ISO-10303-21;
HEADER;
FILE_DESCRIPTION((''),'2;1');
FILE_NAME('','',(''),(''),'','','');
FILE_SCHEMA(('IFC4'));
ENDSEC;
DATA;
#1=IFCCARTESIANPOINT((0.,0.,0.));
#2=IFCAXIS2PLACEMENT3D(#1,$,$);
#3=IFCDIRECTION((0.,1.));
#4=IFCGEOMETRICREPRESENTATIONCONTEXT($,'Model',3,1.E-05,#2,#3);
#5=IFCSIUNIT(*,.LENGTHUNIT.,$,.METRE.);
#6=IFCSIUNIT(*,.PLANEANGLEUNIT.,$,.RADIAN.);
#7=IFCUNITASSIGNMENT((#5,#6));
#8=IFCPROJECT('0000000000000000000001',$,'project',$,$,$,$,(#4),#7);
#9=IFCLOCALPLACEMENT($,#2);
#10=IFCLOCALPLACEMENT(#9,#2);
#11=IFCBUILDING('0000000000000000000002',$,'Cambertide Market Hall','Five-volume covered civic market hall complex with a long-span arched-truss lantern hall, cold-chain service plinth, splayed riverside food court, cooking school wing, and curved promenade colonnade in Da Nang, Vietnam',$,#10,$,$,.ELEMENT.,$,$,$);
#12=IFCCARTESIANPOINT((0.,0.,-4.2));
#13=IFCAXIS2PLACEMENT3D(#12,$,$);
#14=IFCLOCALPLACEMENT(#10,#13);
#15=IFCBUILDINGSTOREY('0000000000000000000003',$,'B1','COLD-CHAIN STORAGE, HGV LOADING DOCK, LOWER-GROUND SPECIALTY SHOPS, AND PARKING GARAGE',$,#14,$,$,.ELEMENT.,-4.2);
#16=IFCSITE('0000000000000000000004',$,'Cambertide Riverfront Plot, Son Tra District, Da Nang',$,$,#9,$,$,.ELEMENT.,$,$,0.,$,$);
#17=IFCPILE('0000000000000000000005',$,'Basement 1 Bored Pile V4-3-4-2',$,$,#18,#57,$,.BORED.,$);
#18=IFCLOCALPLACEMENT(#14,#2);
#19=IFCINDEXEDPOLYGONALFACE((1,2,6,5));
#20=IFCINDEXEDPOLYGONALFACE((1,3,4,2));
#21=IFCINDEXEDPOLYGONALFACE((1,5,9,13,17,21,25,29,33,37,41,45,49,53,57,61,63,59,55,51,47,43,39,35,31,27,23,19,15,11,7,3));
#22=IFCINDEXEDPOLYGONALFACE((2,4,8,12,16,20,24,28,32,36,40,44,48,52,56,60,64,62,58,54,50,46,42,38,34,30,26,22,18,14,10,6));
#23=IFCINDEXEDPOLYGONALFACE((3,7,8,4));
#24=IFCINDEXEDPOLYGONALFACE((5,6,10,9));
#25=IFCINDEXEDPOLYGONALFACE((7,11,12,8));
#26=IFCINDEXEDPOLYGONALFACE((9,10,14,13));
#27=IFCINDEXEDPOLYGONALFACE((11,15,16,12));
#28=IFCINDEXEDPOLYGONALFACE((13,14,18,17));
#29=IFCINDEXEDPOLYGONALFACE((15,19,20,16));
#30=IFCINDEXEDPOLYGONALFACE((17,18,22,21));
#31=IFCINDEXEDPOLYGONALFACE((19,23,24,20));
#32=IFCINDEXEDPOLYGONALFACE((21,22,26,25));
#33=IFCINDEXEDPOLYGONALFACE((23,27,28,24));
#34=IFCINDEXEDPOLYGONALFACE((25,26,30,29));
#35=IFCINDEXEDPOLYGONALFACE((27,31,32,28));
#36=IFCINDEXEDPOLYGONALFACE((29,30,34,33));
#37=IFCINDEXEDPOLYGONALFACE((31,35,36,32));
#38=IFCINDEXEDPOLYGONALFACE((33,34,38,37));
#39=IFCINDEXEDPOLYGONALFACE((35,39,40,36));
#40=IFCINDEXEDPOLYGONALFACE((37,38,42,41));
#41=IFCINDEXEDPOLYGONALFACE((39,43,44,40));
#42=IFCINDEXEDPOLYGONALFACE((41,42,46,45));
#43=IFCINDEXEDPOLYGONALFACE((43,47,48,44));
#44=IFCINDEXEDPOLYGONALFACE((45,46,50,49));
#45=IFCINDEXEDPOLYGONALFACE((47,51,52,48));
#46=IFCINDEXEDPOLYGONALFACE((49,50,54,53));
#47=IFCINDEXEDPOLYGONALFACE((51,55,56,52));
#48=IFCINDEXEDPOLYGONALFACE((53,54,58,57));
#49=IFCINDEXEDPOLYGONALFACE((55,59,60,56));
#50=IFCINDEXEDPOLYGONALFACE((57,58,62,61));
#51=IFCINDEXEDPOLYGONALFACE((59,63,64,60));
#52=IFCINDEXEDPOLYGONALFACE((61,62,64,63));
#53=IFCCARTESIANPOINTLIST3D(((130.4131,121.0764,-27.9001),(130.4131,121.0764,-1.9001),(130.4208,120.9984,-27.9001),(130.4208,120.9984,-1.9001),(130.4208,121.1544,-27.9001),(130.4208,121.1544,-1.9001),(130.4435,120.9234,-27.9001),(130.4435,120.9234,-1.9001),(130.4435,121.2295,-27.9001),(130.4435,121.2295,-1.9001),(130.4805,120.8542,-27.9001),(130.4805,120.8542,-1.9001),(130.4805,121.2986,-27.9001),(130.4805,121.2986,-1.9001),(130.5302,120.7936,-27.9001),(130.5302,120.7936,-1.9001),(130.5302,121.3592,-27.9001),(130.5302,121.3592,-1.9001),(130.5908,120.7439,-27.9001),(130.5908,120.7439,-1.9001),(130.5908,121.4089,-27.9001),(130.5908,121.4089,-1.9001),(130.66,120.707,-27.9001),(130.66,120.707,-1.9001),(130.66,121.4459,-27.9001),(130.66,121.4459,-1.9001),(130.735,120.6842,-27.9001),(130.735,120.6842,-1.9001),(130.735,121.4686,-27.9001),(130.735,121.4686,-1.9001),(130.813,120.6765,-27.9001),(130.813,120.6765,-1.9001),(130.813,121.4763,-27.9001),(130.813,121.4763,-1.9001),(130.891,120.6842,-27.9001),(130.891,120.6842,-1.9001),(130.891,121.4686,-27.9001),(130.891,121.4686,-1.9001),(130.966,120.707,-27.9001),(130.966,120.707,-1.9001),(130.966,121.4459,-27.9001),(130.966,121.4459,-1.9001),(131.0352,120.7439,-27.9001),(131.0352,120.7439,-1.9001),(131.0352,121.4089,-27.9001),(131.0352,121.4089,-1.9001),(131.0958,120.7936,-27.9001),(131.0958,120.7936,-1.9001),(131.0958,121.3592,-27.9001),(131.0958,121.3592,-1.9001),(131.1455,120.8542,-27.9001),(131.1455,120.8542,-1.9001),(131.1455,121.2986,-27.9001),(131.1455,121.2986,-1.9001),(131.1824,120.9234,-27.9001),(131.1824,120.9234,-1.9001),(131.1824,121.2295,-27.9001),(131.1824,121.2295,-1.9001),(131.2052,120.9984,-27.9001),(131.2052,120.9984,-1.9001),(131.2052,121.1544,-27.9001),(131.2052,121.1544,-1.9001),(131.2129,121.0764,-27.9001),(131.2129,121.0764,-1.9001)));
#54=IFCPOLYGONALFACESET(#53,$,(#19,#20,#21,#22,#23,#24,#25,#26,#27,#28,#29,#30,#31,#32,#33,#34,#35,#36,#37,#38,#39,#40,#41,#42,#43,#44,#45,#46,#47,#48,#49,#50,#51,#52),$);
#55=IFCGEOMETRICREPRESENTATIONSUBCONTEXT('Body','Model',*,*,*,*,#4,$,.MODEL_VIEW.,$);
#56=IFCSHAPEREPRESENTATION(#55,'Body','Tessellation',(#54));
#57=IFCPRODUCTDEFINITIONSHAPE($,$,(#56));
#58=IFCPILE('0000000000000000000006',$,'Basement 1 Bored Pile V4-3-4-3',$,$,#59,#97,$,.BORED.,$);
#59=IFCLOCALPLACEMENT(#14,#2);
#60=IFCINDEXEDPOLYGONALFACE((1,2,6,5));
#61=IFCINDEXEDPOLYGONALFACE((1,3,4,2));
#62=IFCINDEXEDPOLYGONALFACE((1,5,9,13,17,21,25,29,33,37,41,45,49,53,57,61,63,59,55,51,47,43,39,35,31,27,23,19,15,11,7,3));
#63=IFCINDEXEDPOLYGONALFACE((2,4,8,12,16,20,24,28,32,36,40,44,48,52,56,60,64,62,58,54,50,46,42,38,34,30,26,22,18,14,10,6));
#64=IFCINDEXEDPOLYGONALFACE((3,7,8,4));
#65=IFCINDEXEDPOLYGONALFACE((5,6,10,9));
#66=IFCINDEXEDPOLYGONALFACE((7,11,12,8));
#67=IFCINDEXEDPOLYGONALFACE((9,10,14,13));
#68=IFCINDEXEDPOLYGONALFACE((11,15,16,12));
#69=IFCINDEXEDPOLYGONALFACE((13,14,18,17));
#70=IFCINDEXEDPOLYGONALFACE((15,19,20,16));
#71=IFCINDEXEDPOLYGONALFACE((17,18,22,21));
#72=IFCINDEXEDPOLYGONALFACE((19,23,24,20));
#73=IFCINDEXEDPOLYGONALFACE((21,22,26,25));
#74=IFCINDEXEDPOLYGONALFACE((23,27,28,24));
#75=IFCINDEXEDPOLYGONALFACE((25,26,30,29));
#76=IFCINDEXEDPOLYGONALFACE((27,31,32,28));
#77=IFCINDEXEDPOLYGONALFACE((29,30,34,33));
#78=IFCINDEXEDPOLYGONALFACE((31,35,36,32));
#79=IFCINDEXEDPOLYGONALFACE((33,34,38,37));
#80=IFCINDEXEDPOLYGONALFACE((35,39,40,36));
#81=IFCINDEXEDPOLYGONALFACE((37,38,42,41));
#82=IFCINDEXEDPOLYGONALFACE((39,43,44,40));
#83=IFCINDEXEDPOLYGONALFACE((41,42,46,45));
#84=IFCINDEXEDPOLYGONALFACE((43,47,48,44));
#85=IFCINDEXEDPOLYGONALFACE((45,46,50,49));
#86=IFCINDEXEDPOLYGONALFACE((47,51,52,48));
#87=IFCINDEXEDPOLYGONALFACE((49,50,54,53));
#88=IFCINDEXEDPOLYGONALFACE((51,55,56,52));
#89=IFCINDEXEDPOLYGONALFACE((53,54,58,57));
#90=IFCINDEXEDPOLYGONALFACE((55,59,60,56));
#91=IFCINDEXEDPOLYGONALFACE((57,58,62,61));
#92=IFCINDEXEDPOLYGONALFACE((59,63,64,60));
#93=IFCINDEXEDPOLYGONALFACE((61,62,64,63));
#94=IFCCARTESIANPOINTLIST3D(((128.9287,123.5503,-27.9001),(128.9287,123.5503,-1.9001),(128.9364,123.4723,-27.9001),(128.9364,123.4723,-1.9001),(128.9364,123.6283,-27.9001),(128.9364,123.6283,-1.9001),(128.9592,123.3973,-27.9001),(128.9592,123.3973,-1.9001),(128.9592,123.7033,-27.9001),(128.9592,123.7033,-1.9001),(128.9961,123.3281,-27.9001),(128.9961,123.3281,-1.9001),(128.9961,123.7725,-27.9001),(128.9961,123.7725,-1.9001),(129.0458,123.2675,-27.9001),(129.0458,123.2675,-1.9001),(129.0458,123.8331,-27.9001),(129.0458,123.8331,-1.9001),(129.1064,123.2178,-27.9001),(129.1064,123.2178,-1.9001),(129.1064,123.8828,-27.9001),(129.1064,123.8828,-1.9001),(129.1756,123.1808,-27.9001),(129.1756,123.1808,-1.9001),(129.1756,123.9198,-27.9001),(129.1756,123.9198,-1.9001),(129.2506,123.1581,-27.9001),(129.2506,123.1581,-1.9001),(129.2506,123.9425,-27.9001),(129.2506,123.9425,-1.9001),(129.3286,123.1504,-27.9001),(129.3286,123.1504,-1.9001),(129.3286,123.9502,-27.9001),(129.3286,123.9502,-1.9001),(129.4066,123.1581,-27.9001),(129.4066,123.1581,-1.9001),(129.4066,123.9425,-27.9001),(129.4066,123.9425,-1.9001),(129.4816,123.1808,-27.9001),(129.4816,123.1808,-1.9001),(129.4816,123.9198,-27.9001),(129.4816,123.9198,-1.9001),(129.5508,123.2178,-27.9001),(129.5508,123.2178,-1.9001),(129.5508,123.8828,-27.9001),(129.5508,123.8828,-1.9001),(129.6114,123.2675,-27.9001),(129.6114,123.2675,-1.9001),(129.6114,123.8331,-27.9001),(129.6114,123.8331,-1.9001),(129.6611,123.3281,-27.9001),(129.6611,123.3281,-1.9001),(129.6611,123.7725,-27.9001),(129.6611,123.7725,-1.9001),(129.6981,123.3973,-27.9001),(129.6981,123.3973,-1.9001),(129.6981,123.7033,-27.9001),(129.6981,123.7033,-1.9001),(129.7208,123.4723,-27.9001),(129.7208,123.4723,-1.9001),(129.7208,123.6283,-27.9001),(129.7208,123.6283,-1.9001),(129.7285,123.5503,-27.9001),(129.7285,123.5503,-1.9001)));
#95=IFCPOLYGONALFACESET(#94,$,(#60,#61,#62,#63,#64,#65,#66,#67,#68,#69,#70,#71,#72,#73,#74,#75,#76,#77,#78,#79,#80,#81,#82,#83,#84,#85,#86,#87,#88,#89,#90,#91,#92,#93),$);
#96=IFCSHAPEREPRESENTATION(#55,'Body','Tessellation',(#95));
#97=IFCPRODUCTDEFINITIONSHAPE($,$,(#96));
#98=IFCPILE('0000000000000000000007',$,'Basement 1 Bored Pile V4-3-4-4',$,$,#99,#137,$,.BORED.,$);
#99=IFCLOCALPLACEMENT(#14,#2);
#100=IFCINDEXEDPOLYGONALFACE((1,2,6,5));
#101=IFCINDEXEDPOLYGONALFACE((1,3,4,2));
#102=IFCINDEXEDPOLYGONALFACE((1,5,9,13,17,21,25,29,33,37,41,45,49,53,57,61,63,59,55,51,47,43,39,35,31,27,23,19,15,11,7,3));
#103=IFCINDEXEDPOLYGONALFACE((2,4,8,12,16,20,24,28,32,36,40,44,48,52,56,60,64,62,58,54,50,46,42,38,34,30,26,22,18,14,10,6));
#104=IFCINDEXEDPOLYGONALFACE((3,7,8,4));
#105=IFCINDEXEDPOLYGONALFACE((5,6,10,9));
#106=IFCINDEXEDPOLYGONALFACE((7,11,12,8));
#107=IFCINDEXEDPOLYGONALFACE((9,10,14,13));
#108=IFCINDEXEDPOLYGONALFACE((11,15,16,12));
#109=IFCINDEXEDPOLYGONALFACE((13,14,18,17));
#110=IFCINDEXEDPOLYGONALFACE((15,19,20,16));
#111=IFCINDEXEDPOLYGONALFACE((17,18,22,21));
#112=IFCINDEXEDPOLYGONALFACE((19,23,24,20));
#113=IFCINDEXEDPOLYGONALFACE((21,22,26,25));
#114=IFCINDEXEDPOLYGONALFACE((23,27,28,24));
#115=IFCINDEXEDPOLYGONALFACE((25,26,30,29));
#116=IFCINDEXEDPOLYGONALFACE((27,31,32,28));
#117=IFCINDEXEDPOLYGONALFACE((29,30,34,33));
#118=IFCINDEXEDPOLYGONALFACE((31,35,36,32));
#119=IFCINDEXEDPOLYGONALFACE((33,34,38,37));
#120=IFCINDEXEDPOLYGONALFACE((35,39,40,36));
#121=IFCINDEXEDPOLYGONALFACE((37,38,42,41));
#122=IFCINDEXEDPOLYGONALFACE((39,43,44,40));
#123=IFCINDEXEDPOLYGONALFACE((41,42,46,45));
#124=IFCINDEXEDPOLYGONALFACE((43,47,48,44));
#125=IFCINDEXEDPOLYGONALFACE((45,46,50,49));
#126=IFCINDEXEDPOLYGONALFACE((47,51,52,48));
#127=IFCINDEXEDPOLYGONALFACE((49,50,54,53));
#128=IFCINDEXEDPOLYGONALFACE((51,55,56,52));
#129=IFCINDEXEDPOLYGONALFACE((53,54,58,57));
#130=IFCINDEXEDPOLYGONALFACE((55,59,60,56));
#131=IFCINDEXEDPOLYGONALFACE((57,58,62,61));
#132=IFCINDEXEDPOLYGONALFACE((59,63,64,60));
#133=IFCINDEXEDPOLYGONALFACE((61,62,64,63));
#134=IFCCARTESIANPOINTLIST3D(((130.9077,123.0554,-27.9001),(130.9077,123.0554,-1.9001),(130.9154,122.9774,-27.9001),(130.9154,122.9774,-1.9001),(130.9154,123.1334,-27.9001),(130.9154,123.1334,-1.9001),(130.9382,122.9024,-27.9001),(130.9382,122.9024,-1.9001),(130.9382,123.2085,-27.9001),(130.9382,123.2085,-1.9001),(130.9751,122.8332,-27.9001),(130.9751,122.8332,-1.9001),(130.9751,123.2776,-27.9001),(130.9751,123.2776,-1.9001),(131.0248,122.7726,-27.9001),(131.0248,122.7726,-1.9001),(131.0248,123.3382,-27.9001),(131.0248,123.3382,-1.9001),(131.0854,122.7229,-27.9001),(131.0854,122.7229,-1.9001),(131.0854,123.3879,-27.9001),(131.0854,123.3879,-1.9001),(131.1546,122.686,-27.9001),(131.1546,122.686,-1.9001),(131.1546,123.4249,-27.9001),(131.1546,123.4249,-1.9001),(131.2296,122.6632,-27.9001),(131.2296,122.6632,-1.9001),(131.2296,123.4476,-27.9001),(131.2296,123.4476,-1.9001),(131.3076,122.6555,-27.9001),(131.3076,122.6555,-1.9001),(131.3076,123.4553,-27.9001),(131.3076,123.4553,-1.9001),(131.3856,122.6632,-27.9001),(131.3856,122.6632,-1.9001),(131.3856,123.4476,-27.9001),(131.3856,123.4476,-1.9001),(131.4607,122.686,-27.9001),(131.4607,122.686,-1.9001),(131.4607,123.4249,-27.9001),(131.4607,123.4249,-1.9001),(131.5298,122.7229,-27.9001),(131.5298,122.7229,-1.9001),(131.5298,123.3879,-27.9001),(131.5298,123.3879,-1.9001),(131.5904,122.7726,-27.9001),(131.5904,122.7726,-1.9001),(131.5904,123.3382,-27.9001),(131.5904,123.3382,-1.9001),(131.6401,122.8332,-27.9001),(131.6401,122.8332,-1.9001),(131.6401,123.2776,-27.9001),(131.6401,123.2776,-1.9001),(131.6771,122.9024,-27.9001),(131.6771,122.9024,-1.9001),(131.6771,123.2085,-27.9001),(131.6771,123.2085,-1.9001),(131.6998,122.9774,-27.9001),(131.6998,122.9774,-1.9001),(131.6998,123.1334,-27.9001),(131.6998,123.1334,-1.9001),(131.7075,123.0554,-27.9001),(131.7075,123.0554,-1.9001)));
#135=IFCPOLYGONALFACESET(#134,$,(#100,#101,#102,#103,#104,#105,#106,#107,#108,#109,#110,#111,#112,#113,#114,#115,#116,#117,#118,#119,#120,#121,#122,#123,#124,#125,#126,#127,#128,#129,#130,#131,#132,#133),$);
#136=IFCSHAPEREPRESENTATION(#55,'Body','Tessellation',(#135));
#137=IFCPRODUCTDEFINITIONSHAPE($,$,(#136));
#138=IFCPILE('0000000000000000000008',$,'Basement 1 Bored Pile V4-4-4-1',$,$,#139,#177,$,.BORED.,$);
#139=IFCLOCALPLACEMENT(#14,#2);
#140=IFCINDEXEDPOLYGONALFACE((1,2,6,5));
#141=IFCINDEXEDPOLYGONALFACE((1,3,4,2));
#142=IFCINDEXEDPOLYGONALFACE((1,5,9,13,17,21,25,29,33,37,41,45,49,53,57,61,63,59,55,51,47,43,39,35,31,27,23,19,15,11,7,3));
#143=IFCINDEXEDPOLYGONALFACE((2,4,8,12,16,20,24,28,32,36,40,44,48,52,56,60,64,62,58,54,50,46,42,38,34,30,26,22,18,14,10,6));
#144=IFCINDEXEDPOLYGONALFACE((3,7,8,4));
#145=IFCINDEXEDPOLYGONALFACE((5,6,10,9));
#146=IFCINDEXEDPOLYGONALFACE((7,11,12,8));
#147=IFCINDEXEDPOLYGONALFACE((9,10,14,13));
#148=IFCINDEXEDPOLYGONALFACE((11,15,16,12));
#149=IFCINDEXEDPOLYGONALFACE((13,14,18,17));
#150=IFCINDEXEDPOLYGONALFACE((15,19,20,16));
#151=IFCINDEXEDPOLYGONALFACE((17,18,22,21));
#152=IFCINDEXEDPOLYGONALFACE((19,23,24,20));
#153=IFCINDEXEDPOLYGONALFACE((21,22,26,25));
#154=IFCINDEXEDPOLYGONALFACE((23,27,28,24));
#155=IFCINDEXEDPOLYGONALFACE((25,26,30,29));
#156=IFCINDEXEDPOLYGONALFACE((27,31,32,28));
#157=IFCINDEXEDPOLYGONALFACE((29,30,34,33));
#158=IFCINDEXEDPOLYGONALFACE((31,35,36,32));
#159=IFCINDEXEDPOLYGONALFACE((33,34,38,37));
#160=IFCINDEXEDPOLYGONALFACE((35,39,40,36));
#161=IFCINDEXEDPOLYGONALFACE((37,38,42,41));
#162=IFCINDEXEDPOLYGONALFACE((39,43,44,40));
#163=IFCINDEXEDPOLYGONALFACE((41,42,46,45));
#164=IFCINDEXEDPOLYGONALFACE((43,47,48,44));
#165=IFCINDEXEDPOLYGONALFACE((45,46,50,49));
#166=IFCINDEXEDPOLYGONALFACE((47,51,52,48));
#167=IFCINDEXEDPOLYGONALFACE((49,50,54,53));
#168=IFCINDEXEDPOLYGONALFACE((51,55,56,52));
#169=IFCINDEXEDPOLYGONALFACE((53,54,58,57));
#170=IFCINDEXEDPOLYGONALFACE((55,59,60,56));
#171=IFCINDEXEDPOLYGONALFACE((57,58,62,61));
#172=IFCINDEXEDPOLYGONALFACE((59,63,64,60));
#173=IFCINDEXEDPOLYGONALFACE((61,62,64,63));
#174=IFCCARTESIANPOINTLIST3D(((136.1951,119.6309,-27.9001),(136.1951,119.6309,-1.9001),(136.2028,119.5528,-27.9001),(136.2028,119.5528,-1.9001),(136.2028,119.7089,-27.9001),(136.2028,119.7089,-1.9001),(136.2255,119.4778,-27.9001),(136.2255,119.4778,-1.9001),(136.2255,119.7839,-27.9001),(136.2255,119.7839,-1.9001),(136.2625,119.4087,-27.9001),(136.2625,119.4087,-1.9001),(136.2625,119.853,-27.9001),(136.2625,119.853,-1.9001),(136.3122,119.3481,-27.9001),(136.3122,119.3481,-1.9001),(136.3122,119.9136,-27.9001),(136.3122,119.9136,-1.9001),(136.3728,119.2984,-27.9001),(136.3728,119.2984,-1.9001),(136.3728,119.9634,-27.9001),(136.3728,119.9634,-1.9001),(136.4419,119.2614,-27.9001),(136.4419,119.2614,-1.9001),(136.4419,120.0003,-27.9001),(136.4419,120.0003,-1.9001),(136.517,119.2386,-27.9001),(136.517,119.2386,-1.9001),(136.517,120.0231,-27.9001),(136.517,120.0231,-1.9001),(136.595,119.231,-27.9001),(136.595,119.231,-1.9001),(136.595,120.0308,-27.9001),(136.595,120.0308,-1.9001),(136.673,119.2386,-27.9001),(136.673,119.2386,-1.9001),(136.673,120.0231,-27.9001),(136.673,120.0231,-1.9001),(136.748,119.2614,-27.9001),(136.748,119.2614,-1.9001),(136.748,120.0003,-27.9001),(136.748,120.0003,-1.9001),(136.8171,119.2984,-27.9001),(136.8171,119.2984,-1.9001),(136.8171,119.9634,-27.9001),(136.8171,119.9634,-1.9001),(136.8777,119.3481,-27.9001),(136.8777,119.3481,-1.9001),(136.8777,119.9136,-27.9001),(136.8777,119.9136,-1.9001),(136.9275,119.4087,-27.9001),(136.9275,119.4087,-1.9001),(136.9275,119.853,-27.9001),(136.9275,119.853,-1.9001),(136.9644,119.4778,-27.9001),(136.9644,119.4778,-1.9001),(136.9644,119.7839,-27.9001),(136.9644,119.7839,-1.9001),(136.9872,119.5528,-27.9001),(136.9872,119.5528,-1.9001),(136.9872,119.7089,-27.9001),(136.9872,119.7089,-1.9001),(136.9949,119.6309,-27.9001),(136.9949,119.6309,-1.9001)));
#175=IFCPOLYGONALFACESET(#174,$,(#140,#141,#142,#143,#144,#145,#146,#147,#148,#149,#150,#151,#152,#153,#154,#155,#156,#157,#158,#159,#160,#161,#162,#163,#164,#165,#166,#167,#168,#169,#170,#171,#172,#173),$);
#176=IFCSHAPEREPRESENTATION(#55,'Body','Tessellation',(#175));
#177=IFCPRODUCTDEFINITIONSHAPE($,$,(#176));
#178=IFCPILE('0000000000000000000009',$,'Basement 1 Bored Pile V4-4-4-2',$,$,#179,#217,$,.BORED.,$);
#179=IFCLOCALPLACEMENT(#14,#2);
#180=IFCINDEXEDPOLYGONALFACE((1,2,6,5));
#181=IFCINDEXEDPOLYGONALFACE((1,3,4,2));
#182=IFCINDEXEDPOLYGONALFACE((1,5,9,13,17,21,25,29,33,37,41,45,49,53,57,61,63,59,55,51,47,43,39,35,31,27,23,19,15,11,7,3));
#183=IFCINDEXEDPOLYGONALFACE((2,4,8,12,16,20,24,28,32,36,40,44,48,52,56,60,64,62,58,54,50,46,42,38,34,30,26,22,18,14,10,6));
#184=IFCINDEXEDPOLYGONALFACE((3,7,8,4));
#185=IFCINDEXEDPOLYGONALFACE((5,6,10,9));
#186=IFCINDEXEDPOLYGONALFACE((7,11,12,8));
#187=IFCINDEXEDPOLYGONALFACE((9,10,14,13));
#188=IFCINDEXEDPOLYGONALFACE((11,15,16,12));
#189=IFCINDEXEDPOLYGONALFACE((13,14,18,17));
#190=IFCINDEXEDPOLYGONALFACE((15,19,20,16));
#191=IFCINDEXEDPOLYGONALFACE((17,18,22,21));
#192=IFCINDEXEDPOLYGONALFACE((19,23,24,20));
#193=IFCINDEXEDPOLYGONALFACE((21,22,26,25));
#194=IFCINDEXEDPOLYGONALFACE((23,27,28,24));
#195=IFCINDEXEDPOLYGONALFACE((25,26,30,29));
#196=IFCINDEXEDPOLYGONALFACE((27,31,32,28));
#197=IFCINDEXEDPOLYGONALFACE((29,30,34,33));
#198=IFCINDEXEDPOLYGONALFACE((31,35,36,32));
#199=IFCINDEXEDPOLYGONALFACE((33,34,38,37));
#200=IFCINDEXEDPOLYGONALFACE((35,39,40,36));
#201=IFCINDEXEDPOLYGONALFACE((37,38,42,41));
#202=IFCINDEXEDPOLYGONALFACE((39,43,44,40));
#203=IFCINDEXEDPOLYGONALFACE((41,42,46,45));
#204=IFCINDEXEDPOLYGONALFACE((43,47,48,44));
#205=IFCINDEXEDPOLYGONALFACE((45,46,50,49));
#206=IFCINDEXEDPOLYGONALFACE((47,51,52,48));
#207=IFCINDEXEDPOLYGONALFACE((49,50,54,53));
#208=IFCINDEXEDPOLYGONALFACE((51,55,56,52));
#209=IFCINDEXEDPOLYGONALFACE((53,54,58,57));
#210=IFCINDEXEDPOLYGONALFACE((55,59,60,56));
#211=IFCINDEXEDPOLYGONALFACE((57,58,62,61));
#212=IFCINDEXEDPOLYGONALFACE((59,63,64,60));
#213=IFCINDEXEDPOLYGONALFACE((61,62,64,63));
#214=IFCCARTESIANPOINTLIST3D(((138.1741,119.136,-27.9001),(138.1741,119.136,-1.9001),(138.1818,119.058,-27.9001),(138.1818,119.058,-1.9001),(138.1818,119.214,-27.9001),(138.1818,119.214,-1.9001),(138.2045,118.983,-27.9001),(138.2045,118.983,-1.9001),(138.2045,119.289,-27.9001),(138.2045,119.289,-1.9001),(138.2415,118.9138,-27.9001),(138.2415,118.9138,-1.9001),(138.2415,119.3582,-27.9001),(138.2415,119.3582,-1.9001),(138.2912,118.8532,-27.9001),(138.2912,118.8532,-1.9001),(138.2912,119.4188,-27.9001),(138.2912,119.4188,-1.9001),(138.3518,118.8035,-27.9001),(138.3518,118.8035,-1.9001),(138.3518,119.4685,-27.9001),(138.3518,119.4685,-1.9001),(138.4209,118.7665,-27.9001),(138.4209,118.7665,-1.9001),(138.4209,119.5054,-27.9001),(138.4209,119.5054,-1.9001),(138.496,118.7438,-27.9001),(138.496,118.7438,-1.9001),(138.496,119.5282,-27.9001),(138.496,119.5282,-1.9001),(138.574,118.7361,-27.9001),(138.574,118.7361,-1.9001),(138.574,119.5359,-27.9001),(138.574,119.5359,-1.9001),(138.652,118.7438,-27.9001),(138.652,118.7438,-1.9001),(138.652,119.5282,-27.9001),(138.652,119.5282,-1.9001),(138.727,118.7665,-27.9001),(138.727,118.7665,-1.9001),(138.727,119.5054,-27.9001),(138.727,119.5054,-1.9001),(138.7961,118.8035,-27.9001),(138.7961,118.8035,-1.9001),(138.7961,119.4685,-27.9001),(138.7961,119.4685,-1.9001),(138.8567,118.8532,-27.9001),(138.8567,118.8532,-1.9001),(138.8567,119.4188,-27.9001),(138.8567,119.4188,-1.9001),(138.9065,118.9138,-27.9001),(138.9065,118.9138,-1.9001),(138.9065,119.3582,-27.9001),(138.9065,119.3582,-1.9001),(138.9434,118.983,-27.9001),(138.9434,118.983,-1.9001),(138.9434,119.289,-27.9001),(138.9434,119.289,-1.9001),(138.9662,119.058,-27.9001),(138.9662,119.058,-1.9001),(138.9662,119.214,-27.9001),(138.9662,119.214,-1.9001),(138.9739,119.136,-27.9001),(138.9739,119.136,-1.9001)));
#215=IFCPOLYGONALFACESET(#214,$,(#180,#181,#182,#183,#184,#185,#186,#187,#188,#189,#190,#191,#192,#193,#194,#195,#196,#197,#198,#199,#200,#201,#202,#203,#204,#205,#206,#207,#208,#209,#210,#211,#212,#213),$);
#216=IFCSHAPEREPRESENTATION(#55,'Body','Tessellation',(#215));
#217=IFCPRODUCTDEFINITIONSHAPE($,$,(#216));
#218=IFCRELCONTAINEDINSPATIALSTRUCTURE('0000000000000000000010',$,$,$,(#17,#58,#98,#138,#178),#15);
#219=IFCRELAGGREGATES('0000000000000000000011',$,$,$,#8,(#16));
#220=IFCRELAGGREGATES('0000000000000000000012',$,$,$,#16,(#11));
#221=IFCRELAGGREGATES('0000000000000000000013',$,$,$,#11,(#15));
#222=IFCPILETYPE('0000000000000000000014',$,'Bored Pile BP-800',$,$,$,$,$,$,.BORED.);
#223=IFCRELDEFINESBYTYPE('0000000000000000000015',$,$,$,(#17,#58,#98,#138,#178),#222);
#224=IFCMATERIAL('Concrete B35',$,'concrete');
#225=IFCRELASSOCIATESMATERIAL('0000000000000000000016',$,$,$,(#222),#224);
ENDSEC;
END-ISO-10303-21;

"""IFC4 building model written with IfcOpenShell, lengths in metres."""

from ifc_helpers import new_model, si_unit, direction, frame, origin, origin_2d, place, context, subcontext, project, spatial, circle, extrude, material, material_profile, profile_set, type_object, element, save


model = new_model("IFC4")

# Units and contexts
model_context = context("Model", 3, precision=1e-05, world=origin(), true_north=direction((0.0, 1.0)))
body_context = subcontext(model_context, "Body", "Model", "MODEL_VIEW")
ifc_project = project(units=[si_unit("LENGTHUNIT", "METRE"), si_unit("PLANEANGLEUNIT", "RADIAN")], contexts=[model_context])

# Site, building, storey
site_placement = place(None, origin())
site = spatial("IfcSite", under=ifc_project, at=site_placement, Name="Cambertide Riverfront Plot, Son Tra District, Da Nang", CompositionType="ELEMENT", RefElevation=0.0)
building_placement = place(site_placement, origin())
building = spatial("IfcBuilding", under=site, at=building_placement, Name="Cambertide Market Hall", Description="Five-volume covered civic market hall complex with a long-span arched-truss lantern hall, cold-chain service plinth, splayed riverside food court, cooking school wing, and curved promenade colonnade in Da Nang, Vietnam", CompositionType="ELEMENT")
storey_placement = place(building_placement, frame((0.0, 0.0, -4.2)))
storey = spatial("IfcBuildingStorey", under=building, at=storey_placement, Name="B1", Description="COLD-CHAIN STORAGE, HGV LOADING DOCK, LOWER-GROUND SPECIALTY SHOPS, AND PARKING GARAGE", CompositionType="ELEMENT", Elevation=-4.2)

# Piles
ifc_material_1 = material(Name="Concrete B35", Category="concrete")
ifc_material_profile_1 = material_profile(ifc_material_1, circle(Radius=0.3999, at=origin_2d()), Name="BP D800")
ifc_profile_set_1 = profile_set([ifc_material_profile_1], Name="Concrete B35")
pile_type_1 = type_object("IfcPileType", Name="Bored Pile BP-800", PredefinedType="BORED", material=ifc_profile_set_1)
for number, where, z_axis, x_axis, name in (
    (1, (130.813, 121.0764, -1.9001), (0.0, 0.0, -1.0), (1.0, 0.0, 0.0), "Basement 1 Bored Pile V4-3-4-2"),
    (2, (129.3286, 123.5503, -1.9001), (0.0, 0.0, -1.0), (1.0, 0.0, 0.0), "Basement 1 Bored Pile V4-3-4-3"),
    (3, (131.3076, 123.0554, -1.9001), (0.0, 0.0, -1.0), (1.0, 0.0, 0.0), "Basement 1 Bored Pile V4-3-4-4"),
    (4, (136.595, 119.6309, -1.9001), (0.0, 0.0, -1.0), (1.0, 0.0, 0.0), "Basement 1 Bored Pile V4-4-4-1"),
    (5, (138.574, 119.136, -1.9001), (0.0, 0.0, -1.0), (1.0, 0.0, 0.0), "Basement 1 Bored Pile V4-4-4-2"),
):
    element("IfcPile", number, at=place(storey_placement, frame(where, z_axis=z_axis, x_axis=x_axis)), inside=storey, type_object=pile_type_1, Name=name, PredefinedType="BORED", context=body_context, shape_type="SweptSolid", body=[
        extrude(circle(Radius=0.3999, at=origin_2d()), origin(), (0.0, 0.0, 1.0), 26.0),
    ])

save(model, "model.ifc")
